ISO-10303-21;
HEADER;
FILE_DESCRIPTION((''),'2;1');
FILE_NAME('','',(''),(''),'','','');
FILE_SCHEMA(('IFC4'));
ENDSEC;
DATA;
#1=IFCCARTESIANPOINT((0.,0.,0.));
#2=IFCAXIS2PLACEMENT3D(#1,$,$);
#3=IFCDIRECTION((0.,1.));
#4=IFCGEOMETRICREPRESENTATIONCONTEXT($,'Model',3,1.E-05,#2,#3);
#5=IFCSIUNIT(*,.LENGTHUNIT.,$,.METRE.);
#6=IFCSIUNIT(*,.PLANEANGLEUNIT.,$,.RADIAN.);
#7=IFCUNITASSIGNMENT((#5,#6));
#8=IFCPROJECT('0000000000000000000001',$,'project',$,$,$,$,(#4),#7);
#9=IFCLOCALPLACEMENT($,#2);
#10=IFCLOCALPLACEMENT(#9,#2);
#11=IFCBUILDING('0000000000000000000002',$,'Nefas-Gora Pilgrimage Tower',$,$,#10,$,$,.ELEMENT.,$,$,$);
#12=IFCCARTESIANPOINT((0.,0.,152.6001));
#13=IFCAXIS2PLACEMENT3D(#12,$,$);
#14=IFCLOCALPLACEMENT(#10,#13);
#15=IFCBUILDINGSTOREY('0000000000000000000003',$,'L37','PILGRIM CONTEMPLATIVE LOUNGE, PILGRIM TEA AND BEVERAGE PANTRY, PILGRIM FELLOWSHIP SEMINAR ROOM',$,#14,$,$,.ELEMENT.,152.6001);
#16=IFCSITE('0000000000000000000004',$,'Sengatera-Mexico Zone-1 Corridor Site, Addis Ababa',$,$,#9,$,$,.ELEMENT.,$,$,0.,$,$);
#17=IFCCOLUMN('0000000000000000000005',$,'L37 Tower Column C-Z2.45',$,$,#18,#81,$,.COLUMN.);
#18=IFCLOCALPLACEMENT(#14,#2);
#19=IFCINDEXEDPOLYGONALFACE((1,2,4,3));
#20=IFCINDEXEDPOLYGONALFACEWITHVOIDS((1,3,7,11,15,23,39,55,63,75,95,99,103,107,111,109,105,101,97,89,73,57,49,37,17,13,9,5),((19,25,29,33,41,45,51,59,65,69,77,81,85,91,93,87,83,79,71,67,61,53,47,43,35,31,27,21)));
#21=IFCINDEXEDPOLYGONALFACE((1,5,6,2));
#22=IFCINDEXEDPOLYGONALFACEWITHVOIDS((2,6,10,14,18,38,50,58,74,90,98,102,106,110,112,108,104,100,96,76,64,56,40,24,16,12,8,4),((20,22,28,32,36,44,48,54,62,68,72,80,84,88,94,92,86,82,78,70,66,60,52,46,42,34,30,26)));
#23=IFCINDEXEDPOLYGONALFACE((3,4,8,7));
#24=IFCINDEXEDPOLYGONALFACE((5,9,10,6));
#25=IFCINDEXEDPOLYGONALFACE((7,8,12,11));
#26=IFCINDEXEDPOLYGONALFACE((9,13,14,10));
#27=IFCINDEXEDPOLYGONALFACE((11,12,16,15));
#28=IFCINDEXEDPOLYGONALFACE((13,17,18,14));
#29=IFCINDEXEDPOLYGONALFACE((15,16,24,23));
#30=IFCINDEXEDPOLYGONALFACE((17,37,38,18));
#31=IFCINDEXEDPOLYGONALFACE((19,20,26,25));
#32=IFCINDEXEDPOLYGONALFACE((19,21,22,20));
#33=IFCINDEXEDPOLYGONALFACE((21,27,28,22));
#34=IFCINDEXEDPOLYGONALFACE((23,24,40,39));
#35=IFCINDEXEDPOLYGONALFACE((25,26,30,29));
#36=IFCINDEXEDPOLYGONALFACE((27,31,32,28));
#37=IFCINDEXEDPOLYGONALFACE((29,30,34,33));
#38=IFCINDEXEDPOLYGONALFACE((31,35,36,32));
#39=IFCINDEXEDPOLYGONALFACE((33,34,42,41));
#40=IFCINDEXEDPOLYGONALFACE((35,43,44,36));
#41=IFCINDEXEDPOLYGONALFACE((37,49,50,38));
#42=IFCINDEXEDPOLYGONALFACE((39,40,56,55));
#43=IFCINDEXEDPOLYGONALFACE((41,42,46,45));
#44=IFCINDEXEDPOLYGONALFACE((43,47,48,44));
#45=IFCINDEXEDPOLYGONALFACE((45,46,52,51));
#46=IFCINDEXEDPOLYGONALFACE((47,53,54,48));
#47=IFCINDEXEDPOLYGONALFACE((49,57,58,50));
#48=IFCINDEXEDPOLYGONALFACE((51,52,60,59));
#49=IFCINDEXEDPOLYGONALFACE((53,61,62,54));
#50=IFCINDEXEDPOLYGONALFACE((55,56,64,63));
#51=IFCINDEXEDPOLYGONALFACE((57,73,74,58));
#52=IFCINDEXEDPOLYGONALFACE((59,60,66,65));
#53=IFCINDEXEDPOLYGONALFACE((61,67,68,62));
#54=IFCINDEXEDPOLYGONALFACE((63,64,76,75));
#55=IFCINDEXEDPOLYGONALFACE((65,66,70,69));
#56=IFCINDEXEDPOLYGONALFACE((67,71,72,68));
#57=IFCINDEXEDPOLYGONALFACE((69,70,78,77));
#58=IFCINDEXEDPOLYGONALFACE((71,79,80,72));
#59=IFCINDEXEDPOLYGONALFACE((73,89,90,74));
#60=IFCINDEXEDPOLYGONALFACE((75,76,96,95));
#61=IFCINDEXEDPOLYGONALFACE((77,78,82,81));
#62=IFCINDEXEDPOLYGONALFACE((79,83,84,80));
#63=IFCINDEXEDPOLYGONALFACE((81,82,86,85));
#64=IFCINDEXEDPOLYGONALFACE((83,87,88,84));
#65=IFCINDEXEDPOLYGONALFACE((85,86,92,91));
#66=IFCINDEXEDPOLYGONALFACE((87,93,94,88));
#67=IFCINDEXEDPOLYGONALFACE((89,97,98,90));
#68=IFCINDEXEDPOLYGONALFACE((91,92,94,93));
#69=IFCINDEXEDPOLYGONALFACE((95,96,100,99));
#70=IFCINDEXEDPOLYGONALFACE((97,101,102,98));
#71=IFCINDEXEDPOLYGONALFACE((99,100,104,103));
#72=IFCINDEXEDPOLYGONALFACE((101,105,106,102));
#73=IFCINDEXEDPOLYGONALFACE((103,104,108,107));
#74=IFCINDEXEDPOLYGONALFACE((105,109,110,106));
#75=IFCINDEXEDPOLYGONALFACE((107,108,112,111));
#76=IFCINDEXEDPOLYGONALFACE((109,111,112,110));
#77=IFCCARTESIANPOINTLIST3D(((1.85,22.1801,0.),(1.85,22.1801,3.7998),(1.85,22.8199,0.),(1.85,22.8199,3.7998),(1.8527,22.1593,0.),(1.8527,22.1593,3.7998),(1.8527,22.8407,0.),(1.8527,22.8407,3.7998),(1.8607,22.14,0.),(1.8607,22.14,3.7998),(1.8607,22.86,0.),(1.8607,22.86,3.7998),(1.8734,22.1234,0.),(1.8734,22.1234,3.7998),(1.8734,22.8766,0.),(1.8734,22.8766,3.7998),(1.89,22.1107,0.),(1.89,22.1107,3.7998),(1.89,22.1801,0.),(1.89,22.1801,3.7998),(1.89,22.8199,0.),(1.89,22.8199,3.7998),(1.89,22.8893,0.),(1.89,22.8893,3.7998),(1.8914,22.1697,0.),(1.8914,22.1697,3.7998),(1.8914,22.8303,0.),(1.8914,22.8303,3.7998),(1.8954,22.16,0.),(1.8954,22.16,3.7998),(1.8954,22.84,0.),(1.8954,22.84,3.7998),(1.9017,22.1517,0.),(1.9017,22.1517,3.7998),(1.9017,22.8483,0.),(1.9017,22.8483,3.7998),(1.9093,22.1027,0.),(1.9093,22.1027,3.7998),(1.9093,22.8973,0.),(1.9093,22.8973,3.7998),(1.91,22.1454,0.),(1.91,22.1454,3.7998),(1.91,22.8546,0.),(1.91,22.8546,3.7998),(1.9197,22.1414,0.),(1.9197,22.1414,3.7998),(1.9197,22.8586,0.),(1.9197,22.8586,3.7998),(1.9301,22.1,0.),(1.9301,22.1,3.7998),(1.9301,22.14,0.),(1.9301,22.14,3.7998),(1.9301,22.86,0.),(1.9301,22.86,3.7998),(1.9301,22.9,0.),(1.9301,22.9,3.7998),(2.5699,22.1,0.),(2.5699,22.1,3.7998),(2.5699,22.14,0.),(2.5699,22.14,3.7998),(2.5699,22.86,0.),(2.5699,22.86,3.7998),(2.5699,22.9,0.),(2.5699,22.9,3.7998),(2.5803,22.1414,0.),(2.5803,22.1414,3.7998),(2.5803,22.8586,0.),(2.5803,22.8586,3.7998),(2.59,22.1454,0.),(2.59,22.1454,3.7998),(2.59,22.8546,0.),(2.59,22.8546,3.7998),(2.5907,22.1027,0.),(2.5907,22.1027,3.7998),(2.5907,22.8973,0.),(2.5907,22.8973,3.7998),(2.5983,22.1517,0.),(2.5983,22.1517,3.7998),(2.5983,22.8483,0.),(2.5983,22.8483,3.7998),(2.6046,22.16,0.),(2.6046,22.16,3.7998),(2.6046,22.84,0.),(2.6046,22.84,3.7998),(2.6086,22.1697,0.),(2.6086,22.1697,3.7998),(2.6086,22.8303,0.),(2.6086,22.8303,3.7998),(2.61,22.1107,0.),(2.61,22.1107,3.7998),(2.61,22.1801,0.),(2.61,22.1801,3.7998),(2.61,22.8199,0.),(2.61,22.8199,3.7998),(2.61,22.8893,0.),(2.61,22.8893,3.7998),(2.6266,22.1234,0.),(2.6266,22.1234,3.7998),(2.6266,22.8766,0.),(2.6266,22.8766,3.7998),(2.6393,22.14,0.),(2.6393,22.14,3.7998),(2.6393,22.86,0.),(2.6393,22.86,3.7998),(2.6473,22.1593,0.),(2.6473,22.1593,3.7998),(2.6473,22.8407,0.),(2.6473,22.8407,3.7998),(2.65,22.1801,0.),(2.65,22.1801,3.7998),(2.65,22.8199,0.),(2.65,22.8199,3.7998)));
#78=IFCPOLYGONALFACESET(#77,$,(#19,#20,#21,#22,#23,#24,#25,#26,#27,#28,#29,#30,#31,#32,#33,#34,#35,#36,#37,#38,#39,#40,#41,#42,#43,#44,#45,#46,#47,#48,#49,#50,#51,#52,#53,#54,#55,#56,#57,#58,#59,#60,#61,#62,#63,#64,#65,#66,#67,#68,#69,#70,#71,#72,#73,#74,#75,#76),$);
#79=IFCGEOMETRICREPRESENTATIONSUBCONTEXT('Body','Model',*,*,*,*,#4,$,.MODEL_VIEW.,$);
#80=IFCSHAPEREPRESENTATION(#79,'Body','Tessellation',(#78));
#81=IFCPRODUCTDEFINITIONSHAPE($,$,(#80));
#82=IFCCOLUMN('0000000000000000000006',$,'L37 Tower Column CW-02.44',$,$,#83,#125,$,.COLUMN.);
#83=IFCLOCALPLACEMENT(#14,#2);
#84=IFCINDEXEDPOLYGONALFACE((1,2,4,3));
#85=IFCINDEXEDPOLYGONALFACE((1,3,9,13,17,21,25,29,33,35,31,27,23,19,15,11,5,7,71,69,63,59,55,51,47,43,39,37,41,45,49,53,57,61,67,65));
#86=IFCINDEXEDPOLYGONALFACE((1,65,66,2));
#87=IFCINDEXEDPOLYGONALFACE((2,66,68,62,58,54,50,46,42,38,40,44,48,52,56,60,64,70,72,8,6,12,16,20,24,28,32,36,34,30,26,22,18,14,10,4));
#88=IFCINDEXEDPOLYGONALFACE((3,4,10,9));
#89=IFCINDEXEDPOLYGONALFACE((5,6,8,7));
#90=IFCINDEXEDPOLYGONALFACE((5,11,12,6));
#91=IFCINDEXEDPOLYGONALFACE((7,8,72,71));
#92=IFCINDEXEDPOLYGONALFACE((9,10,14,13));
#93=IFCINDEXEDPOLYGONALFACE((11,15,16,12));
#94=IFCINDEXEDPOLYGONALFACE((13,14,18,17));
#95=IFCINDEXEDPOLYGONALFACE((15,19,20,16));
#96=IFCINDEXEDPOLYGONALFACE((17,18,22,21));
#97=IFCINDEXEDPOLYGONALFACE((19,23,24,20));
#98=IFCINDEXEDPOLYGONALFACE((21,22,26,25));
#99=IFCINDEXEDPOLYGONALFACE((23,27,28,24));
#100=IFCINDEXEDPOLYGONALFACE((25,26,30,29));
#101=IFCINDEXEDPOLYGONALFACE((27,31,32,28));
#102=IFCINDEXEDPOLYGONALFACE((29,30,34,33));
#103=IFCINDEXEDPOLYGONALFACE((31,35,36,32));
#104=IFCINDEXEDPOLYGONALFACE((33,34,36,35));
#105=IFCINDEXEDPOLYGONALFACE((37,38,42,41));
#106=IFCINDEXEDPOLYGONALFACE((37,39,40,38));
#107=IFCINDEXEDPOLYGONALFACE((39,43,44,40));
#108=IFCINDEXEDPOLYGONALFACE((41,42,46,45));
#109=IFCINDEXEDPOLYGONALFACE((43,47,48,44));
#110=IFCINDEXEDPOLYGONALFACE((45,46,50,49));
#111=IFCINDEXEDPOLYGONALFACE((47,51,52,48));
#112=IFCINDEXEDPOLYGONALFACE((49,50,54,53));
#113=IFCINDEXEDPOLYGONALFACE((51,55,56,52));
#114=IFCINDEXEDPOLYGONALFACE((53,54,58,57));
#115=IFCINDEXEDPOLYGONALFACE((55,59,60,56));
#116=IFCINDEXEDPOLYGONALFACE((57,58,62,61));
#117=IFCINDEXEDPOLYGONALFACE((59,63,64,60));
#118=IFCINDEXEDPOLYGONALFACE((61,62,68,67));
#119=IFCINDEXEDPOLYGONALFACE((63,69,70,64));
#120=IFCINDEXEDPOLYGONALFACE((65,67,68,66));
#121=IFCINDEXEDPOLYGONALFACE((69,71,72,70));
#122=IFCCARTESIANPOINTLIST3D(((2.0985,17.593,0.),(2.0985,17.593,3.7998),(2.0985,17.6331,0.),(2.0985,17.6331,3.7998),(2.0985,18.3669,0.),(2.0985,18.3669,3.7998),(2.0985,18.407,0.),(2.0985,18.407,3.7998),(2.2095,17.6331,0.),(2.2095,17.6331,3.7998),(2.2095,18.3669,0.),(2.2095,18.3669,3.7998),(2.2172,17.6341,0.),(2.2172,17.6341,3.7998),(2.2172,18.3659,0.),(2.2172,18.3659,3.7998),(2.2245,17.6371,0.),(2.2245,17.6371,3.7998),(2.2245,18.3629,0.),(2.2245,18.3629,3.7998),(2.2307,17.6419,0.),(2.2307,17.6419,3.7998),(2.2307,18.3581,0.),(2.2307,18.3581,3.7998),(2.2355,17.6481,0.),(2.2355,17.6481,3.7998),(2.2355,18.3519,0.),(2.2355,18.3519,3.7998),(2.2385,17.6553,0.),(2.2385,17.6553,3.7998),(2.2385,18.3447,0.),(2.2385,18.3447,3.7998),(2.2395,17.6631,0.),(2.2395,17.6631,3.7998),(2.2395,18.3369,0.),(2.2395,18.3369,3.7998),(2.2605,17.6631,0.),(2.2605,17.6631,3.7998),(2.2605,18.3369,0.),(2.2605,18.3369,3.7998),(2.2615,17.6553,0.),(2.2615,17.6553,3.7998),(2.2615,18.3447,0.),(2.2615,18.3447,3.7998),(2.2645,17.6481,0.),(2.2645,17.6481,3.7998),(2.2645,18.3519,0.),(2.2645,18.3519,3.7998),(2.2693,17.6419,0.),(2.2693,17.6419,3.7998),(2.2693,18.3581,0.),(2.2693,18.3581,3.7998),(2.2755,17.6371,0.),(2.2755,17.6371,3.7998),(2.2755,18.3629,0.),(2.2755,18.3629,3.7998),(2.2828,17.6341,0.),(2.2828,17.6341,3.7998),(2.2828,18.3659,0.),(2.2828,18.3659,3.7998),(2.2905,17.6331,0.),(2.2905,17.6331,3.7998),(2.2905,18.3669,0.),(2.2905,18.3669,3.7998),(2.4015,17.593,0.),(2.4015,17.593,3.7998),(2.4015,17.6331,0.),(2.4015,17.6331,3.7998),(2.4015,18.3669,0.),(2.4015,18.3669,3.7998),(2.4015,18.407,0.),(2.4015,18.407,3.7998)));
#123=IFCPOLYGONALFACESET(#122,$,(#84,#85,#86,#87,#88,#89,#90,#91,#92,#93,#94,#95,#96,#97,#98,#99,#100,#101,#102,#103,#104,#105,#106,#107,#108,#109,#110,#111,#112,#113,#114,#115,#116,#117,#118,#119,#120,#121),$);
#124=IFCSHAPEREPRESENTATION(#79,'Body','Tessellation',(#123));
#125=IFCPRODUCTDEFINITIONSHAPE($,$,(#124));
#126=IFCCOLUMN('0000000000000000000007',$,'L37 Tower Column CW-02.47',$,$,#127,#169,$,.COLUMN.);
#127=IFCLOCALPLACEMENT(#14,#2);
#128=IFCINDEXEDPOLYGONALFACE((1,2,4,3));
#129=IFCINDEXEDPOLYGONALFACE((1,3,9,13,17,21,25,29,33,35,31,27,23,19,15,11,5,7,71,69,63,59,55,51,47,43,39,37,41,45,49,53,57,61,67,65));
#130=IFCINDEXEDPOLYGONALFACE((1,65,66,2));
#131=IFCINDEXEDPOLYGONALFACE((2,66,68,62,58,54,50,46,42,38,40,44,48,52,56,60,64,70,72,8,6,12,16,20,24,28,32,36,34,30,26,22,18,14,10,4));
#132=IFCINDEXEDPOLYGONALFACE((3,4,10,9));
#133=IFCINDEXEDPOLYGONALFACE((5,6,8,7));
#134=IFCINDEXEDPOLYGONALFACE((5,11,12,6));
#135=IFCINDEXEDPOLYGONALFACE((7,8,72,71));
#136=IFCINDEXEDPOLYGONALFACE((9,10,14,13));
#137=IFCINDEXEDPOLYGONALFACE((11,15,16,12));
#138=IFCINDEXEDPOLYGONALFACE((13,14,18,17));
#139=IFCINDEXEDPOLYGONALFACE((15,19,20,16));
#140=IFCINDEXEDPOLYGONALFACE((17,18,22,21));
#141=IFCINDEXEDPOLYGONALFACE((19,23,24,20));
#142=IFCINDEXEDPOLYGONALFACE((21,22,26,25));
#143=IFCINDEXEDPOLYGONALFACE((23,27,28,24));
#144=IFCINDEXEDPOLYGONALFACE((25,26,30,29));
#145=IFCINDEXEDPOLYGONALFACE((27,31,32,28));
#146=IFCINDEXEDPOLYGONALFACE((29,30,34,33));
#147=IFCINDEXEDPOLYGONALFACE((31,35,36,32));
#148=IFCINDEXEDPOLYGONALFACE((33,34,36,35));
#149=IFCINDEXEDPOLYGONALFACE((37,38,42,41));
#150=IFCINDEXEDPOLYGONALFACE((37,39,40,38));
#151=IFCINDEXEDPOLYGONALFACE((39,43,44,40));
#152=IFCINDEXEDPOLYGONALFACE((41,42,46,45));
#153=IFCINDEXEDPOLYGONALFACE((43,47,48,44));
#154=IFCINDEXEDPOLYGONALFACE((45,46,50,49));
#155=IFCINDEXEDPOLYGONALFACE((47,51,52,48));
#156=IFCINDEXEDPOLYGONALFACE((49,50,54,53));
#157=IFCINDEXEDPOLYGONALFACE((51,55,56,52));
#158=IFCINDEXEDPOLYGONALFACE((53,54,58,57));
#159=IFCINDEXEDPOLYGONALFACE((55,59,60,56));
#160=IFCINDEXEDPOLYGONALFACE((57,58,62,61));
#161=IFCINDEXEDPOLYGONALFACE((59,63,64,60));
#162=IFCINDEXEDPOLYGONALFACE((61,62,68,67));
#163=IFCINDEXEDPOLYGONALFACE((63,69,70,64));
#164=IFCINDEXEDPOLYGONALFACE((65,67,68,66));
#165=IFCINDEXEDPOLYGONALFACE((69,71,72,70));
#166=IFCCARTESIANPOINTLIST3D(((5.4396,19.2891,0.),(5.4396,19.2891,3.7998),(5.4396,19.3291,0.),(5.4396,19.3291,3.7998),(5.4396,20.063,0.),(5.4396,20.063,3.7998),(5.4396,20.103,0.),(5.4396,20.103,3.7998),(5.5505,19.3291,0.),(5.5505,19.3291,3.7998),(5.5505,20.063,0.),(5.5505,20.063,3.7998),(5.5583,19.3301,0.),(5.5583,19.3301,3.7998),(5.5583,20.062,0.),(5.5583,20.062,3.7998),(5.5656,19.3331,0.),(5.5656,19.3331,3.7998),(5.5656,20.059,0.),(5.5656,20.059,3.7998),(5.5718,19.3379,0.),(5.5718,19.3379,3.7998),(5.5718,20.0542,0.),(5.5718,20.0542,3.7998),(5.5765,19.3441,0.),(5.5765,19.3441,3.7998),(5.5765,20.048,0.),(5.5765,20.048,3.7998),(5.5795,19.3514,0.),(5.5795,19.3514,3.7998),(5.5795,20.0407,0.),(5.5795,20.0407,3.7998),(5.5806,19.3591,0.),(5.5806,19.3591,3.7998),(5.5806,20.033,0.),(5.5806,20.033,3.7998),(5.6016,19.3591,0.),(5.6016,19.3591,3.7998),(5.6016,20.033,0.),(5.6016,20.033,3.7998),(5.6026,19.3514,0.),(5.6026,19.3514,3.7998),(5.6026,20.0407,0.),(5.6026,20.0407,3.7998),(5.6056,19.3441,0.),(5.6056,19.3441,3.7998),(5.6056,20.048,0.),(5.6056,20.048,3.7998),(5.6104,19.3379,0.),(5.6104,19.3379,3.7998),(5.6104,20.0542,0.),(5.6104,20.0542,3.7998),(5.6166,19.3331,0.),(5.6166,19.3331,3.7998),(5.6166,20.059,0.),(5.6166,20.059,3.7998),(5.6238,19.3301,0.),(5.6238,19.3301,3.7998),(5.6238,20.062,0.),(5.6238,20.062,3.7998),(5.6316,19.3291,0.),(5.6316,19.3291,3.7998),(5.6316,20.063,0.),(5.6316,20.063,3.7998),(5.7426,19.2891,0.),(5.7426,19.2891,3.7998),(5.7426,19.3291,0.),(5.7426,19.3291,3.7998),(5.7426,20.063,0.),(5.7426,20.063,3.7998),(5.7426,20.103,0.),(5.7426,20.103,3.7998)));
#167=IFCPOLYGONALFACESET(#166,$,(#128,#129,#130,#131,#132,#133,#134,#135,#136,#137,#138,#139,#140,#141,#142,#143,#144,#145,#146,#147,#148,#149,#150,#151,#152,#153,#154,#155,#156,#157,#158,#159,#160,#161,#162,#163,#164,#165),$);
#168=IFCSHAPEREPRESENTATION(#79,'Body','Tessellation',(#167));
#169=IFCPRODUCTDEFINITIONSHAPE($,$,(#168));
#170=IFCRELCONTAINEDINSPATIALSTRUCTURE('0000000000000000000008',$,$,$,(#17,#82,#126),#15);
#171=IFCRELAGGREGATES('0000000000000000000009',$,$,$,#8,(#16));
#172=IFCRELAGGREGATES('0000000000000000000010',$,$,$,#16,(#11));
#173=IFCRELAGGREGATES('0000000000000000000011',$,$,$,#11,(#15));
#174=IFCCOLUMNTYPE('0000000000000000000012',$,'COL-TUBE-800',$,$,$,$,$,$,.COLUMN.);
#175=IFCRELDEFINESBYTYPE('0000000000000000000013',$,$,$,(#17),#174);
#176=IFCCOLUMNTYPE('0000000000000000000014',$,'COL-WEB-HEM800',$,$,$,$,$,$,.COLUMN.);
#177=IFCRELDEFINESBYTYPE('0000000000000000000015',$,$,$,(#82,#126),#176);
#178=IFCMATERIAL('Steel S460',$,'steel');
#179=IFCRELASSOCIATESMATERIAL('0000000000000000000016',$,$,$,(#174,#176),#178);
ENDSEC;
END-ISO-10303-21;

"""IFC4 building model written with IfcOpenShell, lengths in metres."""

from ifc_helpers import new_model, si_unit, direction, frame, origin, origin_2d, place, context, subcontext, project, spatial, hollow_rectangle, i_section, extrude, source, transform, mapped, material, material_profile, profile_set, type_object, element, save


model = new_model("IFC4")

# Units and contexts
model_context = context("Model", 3, precision=1e-05, world=origin(), true_north=direction((0.0, 1.0)))
body_context = subcontext(model_context, "Body", "Model", "MODEL_VIEW")
ifc_project = project(units=[si_unit("LENGTHUNIT", "METRE"), si_unit("PLANEANGLEUNIT", "RADIAN")], contexts=[model_context])

# Site, building, storey
site_placement = place(None, origin())
site = spatial("IfcSite", under=ifc_project, at=site_placement, Name="Sengatera-Mexico Zone-1 Corridor Site, Addis Ababa", CompositionType="ELEMENT", RefElevation=0.0)
building_placement = place(site_placement, origin())
building = spatial("IfcBuilding", under=site, at=building_placement, Name="Nefas-Gora Pilgrimage Tower", CompositionType="ELEMENT")
storey_placement = place(building_placement, frame((0.0, 0.0, 152.6001)))
storey = spatial("IfcBuildingStorey", under=building, at=storey_placement, Name="L37", Description="PILGRIM CONTEMPLATIVE LOUNGE, PILGRIM TEA AND BEVERAGE PANTRY, PILGRIM FELLOWSHIP SEMINAR ROOM", CompositionType="ELEMENT", Elevation=152.6001)

# Columns
ifc_material_1 = material(Name="Steel S460", Category="steel")
ifc_material_profile_1 = material_profile(ifc_material_1, hollow_rectangle(XDim=0.8, YDim=0.8, WallThickness=0.04, InnerFilletRadius=0.04, OuterFilletRadius=0.0801, at=origin_2d()), Name="BOX 800x800x40")
ifc_profile_set_1 = profile_set([ifc_material_profile_1], Name="Steel S460")
column_type_1 = type_object("IfcColumnType", Name="COL-TUBE-800", PredefinedType="COLUMN", material=ifc_profile_set_1)
shared_shape_1 = source(origin(), body_context, "Body", "SweptSolid", [
    extrude(hollow_rectangle(XDim=0.8, YDim=0.8, WallThickness=0.04, InnerFilletRadius=0.04, OuterFilletRadius=0.0801, at=origin_2d()), origin(), (0.0, 0.0, 1.0), 3.7998),
])
column_placement = place(storey_placement, frame((2.25, 22.5, 0.0), z_axis=(0.0, 0.0, 1.0), x_axis=(1.0, 0.0, 0.0)))
element("IfcColumn", 1, at=column_placement, inside=storey, type_object=column_type_1, Name="L37 Tower Column C-Z2.45", PredefinedType="COLUMN", context=body_context, shape_type="MappedRepresentation", body=[
    mapped(shared_shape_1, transform((0.0, 0.0, 0.0), x_axis=(1.0, 0.0, 0.0), y_axis=(0.0, 1.0, 0.0), z_axis=(0.0, 0.0, 1.0), scale=1.0)),
])
ifc_material_profile_2 = material_profile(ifc_material_1, i_section(OverallWidth=0.303, OverallDepth=0.814, WebThickness=0.021, FlangeThickness=0.04, FilletRadius=0.03, at=origin_2d()), Name="HEM 800")
ifc_profile_set_2 = profile_set([ifc_material_profile_2], Name="Steel S460")
column_type_2 = type_object("IfcColumnType", Name="COL-WEB-HEM800", PredefinedType="COLUMN", material=ifc_profile_set_2)
shared_shape_2 = source(origin(), body_context, "Body", "SweptSolid", [
    extrude(i_section(OverallWidth=0.303, OverallDepth=0.814, WebThickness=0.021, FlangeThickness=0.04, FilletRadius=0.03, at=origin_2d()), origin(), (0.0, 0.0, 1.0), 3.7998),
])
for number, where, z_axis, x_axis, name in (
    (2, (2.25, 18.0, 0.0), (0.0, 0.0, 1.0), (1.0, 0.0, 0.0), "L37 Tower Column CW-02.44"),
    (3, (5.5911, 19.696, 0.0), (0.0, 0.0, 1.0), (1.0, 0.0, 0.0), "L37 Tower Column CW-02.47"),
):
    element("IfcColumn", number, at=place(storey_placement, frame(where, z_axis=z_axis, x_axis=x_axis)), inside=storey, type_object=column_type_2, Name=name, PredefinedType="COLUMN", context=body_context, shape_type="MappedRepresentation", body=[
        mapped(shared_shape_2, transform((0.0, 0.0, 0.0), x_axis=(1.0, 0.0, 0.0), y_axis=(0.0, 1.0, 0.0), z_axis=(0.0, 0.0, 1.0), scale=1.0)),
    ])

save(model, "model.ifc")
